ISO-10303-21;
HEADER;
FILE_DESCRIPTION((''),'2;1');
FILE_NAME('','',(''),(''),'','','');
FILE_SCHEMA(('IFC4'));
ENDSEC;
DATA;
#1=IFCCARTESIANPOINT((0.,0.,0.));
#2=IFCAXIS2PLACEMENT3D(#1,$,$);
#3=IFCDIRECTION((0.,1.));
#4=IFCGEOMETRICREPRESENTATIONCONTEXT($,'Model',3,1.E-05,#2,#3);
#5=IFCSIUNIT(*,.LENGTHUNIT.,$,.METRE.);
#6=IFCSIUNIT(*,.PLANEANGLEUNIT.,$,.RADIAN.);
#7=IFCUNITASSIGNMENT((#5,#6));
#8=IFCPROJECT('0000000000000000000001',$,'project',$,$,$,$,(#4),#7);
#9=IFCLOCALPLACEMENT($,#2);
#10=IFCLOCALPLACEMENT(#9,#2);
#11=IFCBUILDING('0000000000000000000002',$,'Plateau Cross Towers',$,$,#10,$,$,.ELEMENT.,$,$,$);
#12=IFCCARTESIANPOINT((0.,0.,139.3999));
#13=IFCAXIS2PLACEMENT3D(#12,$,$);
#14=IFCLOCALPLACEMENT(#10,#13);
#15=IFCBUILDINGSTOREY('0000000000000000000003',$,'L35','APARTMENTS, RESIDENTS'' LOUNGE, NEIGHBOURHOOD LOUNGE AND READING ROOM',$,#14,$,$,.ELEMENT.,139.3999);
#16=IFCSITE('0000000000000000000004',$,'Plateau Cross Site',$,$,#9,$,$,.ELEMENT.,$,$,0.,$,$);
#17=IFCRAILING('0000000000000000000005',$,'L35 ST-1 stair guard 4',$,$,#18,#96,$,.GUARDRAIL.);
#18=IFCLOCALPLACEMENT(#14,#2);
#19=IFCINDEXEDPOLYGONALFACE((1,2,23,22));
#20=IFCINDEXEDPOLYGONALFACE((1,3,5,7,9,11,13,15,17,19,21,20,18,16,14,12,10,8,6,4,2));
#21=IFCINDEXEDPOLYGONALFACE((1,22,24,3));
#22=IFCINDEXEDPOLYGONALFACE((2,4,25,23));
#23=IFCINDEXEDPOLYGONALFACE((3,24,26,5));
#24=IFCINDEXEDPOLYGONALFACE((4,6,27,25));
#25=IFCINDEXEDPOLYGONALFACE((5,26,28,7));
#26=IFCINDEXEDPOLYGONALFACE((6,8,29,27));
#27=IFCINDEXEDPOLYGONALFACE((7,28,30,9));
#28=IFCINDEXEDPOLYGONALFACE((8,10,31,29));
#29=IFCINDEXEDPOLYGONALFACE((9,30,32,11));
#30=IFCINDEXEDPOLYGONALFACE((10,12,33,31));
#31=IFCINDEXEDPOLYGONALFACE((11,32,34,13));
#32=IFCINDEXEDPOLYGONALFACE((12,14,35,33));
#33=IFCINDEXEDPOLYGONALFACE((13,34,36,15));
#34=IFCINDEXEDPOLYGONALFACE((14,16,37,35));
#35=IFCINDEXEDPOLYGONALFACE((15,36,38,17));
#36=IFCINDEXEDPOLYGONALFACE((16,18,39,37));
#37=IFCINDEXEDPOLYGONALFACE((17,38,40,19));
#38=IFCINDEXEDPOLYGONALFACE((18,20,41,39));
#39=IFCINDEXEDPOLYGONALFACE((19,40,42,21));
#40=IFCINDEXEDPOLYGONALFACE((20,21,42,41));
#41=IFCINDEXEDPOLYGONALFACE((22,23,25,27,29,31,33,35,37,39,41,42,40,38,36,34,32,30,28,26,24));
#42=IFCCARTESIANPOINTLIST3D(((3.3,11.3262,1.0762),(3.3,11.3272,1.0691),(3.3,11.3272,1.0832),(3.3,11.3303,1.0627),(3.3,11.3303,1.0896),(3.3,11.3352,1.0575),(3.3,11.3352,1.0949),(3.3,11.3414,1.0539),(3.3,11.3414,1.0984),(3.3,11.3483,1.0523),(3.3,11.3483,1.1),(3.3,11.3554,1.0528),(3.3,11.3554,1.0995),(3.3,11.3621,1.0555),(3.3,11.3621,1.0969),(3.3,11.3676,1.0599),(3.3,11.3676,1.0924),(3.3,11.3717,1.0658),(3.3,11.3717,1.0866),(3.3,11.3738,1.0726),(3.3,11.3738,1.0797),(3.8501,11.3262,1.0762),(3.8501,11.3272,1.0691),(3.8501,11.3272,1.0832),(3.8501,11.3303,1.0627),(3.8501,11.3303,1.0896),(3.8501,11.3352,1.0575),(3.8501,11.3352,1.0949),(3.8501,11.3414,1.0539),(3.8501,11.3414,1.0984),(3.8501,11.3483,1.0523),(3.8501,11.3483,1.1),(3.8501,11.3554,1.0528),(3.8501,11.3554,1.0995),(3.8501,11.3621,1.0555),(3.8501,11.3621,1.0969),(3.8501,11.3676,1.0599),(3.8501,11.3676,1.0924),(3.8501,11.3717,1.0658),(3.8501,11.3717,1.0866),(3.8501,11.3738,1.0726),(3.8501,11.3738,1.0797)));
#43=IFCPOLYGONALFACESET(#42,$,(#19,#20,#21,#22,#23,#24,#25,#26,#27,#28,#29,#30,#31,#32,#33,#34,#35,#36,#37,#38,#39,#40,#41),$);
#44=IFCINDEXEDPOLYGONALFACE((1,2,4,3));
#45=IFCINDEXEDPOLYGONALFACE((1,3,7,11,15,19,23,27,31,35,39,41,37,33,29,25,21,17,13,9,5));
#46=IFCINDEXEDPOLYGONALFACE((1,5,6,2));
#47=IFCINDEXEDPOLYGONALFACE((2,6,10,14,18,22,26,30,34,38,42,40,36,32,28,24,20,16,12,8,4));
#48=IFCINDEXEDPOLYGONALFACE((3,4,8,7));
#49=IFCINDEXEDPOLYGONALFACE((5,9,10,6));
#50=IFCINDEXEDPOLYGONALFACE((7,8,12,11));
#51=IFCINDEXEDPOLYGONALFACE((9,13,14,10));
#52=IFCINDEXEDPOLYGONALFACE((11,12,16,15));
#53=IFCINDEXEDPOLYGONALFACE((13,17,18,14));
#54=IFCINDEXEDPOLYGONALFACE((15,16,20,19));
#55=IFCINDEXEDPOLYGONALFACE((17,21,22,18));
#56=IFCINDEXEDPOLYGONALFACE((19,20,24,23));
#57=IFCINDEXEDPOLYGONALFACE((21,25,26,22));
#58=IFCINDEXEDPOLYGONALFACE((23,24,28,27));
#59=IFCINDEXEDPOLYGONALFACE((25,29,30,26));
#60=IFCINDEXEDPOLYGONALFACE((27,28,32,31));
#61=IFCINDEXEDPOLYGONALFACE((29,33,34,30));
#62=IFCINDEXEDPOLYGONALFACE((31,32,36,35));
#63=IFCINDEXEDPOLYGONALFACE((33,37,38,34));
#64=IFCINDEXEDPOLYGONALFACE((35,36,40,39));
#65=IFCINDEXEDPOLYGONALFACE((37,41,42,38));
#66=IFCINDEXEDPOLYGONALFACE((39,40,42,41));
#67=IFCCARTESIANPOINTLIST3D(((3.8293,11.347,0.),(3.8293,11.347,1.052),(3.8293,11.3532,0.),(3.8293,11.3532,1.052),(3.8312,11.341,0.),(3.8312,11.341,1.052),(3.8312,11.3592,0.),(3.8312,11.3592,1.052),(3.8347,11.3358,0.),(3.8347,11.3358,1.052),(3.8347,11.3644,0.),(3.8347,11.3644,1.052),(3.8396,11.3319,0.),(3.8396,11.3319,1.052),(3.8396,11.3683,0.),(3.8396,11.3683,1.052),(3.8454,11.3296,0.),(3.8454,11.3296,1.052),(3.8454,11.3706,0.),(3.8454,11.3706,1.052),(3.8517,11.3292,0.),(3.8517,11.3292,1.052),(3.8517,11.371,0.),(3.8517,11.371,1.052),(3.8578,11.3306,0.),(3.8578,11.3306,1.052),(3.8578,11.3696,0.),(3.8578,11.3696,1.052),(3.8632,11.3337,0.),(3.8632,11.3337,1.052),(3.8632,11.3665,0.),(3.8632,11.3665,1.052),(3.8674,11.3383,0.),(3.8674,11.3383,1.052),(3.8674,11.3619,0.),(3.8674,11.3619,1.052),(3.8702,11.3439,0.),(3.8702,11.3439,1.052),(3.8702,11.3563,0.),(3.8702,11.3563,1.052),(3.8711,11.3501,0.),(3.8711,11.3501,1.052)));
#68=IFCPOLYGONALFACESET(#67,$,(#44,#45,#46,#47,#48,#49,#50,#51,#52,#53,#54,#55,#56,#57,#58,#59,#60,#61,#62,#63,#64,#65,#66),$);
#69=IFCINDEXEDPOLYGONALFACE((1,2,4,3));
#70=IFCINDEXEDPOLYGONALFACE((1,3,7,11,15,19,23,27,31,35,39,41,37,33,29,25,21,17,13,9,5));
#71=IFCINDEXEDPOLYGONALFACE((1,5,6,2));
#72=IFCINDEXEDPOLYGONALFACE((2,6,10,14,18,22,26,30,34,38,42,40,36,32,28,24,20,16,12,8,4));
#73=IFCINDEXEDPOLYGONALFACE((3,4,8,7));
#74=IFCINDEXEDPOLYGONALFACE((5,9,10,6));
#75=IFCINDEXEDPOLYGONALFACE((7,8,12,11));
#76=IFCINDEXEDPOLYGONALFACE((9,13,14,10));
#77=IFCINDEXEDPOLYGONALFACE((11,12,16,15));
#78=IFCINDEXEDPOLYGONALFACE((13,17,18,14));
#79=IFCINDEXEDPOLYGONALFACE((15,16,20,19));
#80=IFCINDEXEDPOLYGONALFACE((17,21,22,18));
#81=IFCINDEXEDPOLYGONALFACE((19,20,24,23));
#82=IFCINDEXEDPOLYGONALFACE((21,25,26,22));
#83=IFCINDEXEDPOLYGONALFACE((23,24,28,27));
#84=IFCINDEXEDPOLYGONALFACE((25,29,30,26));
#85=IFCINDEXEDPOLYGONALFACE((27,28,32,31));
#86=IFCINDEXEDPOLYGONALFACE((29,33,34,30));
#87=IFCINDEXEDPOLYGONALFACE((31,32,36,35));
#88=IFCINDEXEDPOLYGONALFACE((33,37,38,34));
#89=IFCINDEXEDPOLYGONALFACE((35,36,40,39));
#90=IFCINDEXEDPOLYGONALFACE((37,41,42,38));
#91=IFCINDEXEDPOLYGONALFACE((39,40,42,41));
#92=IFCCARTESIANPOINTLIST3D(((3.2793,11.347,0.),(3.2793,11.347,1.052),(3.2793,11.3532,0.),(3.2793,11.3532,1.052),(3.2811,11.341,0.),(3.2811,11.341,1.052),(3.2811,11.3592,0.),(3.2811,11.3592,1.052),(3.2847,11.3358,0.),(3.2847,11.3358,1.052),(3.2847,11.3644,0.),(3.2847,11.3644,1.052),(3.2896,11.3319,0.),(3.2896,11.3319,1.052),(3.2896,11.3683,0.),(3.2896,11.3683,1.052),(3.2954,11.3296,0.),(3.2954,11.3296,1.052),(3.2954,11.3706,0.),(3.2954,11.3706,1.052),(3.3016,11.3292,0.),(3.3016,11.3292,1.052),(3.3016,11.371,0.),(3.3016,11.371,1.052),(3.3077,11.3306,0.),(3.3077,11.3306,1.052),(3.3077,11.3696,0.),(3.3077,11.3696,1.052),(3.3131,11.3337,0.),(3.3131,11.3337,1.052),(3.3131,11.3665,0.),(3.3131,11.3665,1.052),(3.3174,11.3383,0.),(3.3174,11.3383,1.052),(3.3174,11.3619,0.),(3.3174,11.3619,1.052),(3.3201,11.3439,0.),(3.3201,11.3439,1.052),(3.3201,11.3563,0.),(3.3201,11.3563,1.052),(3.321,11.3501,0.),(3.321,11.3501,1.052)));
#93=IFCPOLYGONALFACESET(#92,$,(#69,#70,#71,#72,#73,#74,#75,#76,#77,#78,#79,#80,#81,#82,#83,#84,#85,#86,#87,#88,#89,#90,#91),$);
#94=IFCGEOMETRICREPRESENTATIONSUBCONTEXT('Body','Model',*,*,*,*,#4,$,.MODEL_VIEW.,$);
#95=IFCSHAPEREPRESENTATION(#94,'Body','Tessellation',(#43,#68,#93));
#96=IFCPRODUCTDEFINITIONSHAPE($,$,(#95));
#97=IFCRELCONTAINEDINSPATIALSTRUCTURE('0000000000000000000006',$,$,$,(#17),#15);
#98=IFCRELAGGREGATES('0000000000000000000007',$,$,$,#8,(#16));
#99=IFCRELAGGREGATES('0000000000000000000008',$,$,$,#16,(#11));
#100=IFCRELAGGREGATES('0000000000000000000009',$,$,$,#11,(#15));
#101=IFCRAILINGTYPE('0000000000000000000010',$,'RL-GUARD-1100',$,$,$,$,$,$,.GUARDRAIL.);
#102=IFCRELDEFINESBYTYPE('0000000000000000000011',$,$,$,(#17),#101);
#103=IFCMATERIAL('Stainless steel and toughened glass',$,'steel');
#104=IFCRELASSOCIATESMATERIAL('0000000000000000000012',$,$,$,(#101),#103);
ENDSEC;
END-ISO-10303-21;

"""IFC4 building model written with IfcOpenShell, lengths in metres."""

from ifc_helpers import new_model, si_unit, direction, frame, origin, origin_2d, place, context, subcontext, project, spatial, circle, extrude, material, type_object, element, save


model = new_model("IFC4")

# Units and contexts
model_context = context("Model", 3, precision=1e-05, world=origin(), true_north=direction((0.0, 1.0)))
body_context = subcontext(model_context, "Body", "Model", "MODEL_VIEW")
ifc_project = project(units=[si_unit("LENGTHUNIT", "METRE"), si_unit("PLANEANGLEUNIT", "RADIAN")], contexts=[model_context])

# Site, building, storey
site_placement = place(None, origin())
site = spatial("IfcSite", under=ifc_project, at=site_placement, Name="Plateau Cross Site", CompositionType="ELEMENT", RefElevation=0.0)
building_placement = place(site_placement, origin())
building = spatial("IfcBuilding", under=site, at=building_placement, Name="Plateau Cross Towers", CompositionType="ELEMENT")
storey_placement = place(building_placement, frame((0.0, 0.0, 139.3999)))
storey = spatial("IfcBuildingStorey", under=building, at=storey_placement, Name="L35", Description="APARTMENTS, RESIDENTS' LOUNGE, NEIGHBOURHOOD LOUNGE AND READING ROOM", CompositionType="ELEMENT", Elevation=139.3999)

# Railing
ifc_material_1 = material(Name="Stainless steel and toughened glass", Category="steel")
railing_type_1 = type_object("IfcRailingType", Name="RL-GUARD-1100", PredefinedType="GUARDRAIL", material=ifc_material_1)
railing_1_placement = place(storey_placement, frame((3.8501, 11.3501, 0.0)))
element("IfcRailing", 1, at=railing_1_placement, inside=storey, type_object=railing_type_1, Name="L35 ST-1 stair guard 4", PredefinedType="GUARDRAIL", context=body_context, shape_type="SweptSolid", body=[
    extrude(circle(Radius=0.0239, at=origin_2d()), frame((0.0, 0.0, 1.0762), z_axis=(-1.0, 0.0, 0.0), x_axis=(0.0, -1.0, 0.0)), (0.0, 0.0, 1.0), 0.55),
    extrude(circle(Radius=0.021, at=origin_2d()), origin(), (0.0, 0.0, 1.0), 1.052),
    extrude(circle(Radius=0.021, at=origin_2d()), frame((-0.55, 0.0, 0.0)), (0.0, 0.0, 1.0), 1.052),
])

save(model, "model.ifc")
